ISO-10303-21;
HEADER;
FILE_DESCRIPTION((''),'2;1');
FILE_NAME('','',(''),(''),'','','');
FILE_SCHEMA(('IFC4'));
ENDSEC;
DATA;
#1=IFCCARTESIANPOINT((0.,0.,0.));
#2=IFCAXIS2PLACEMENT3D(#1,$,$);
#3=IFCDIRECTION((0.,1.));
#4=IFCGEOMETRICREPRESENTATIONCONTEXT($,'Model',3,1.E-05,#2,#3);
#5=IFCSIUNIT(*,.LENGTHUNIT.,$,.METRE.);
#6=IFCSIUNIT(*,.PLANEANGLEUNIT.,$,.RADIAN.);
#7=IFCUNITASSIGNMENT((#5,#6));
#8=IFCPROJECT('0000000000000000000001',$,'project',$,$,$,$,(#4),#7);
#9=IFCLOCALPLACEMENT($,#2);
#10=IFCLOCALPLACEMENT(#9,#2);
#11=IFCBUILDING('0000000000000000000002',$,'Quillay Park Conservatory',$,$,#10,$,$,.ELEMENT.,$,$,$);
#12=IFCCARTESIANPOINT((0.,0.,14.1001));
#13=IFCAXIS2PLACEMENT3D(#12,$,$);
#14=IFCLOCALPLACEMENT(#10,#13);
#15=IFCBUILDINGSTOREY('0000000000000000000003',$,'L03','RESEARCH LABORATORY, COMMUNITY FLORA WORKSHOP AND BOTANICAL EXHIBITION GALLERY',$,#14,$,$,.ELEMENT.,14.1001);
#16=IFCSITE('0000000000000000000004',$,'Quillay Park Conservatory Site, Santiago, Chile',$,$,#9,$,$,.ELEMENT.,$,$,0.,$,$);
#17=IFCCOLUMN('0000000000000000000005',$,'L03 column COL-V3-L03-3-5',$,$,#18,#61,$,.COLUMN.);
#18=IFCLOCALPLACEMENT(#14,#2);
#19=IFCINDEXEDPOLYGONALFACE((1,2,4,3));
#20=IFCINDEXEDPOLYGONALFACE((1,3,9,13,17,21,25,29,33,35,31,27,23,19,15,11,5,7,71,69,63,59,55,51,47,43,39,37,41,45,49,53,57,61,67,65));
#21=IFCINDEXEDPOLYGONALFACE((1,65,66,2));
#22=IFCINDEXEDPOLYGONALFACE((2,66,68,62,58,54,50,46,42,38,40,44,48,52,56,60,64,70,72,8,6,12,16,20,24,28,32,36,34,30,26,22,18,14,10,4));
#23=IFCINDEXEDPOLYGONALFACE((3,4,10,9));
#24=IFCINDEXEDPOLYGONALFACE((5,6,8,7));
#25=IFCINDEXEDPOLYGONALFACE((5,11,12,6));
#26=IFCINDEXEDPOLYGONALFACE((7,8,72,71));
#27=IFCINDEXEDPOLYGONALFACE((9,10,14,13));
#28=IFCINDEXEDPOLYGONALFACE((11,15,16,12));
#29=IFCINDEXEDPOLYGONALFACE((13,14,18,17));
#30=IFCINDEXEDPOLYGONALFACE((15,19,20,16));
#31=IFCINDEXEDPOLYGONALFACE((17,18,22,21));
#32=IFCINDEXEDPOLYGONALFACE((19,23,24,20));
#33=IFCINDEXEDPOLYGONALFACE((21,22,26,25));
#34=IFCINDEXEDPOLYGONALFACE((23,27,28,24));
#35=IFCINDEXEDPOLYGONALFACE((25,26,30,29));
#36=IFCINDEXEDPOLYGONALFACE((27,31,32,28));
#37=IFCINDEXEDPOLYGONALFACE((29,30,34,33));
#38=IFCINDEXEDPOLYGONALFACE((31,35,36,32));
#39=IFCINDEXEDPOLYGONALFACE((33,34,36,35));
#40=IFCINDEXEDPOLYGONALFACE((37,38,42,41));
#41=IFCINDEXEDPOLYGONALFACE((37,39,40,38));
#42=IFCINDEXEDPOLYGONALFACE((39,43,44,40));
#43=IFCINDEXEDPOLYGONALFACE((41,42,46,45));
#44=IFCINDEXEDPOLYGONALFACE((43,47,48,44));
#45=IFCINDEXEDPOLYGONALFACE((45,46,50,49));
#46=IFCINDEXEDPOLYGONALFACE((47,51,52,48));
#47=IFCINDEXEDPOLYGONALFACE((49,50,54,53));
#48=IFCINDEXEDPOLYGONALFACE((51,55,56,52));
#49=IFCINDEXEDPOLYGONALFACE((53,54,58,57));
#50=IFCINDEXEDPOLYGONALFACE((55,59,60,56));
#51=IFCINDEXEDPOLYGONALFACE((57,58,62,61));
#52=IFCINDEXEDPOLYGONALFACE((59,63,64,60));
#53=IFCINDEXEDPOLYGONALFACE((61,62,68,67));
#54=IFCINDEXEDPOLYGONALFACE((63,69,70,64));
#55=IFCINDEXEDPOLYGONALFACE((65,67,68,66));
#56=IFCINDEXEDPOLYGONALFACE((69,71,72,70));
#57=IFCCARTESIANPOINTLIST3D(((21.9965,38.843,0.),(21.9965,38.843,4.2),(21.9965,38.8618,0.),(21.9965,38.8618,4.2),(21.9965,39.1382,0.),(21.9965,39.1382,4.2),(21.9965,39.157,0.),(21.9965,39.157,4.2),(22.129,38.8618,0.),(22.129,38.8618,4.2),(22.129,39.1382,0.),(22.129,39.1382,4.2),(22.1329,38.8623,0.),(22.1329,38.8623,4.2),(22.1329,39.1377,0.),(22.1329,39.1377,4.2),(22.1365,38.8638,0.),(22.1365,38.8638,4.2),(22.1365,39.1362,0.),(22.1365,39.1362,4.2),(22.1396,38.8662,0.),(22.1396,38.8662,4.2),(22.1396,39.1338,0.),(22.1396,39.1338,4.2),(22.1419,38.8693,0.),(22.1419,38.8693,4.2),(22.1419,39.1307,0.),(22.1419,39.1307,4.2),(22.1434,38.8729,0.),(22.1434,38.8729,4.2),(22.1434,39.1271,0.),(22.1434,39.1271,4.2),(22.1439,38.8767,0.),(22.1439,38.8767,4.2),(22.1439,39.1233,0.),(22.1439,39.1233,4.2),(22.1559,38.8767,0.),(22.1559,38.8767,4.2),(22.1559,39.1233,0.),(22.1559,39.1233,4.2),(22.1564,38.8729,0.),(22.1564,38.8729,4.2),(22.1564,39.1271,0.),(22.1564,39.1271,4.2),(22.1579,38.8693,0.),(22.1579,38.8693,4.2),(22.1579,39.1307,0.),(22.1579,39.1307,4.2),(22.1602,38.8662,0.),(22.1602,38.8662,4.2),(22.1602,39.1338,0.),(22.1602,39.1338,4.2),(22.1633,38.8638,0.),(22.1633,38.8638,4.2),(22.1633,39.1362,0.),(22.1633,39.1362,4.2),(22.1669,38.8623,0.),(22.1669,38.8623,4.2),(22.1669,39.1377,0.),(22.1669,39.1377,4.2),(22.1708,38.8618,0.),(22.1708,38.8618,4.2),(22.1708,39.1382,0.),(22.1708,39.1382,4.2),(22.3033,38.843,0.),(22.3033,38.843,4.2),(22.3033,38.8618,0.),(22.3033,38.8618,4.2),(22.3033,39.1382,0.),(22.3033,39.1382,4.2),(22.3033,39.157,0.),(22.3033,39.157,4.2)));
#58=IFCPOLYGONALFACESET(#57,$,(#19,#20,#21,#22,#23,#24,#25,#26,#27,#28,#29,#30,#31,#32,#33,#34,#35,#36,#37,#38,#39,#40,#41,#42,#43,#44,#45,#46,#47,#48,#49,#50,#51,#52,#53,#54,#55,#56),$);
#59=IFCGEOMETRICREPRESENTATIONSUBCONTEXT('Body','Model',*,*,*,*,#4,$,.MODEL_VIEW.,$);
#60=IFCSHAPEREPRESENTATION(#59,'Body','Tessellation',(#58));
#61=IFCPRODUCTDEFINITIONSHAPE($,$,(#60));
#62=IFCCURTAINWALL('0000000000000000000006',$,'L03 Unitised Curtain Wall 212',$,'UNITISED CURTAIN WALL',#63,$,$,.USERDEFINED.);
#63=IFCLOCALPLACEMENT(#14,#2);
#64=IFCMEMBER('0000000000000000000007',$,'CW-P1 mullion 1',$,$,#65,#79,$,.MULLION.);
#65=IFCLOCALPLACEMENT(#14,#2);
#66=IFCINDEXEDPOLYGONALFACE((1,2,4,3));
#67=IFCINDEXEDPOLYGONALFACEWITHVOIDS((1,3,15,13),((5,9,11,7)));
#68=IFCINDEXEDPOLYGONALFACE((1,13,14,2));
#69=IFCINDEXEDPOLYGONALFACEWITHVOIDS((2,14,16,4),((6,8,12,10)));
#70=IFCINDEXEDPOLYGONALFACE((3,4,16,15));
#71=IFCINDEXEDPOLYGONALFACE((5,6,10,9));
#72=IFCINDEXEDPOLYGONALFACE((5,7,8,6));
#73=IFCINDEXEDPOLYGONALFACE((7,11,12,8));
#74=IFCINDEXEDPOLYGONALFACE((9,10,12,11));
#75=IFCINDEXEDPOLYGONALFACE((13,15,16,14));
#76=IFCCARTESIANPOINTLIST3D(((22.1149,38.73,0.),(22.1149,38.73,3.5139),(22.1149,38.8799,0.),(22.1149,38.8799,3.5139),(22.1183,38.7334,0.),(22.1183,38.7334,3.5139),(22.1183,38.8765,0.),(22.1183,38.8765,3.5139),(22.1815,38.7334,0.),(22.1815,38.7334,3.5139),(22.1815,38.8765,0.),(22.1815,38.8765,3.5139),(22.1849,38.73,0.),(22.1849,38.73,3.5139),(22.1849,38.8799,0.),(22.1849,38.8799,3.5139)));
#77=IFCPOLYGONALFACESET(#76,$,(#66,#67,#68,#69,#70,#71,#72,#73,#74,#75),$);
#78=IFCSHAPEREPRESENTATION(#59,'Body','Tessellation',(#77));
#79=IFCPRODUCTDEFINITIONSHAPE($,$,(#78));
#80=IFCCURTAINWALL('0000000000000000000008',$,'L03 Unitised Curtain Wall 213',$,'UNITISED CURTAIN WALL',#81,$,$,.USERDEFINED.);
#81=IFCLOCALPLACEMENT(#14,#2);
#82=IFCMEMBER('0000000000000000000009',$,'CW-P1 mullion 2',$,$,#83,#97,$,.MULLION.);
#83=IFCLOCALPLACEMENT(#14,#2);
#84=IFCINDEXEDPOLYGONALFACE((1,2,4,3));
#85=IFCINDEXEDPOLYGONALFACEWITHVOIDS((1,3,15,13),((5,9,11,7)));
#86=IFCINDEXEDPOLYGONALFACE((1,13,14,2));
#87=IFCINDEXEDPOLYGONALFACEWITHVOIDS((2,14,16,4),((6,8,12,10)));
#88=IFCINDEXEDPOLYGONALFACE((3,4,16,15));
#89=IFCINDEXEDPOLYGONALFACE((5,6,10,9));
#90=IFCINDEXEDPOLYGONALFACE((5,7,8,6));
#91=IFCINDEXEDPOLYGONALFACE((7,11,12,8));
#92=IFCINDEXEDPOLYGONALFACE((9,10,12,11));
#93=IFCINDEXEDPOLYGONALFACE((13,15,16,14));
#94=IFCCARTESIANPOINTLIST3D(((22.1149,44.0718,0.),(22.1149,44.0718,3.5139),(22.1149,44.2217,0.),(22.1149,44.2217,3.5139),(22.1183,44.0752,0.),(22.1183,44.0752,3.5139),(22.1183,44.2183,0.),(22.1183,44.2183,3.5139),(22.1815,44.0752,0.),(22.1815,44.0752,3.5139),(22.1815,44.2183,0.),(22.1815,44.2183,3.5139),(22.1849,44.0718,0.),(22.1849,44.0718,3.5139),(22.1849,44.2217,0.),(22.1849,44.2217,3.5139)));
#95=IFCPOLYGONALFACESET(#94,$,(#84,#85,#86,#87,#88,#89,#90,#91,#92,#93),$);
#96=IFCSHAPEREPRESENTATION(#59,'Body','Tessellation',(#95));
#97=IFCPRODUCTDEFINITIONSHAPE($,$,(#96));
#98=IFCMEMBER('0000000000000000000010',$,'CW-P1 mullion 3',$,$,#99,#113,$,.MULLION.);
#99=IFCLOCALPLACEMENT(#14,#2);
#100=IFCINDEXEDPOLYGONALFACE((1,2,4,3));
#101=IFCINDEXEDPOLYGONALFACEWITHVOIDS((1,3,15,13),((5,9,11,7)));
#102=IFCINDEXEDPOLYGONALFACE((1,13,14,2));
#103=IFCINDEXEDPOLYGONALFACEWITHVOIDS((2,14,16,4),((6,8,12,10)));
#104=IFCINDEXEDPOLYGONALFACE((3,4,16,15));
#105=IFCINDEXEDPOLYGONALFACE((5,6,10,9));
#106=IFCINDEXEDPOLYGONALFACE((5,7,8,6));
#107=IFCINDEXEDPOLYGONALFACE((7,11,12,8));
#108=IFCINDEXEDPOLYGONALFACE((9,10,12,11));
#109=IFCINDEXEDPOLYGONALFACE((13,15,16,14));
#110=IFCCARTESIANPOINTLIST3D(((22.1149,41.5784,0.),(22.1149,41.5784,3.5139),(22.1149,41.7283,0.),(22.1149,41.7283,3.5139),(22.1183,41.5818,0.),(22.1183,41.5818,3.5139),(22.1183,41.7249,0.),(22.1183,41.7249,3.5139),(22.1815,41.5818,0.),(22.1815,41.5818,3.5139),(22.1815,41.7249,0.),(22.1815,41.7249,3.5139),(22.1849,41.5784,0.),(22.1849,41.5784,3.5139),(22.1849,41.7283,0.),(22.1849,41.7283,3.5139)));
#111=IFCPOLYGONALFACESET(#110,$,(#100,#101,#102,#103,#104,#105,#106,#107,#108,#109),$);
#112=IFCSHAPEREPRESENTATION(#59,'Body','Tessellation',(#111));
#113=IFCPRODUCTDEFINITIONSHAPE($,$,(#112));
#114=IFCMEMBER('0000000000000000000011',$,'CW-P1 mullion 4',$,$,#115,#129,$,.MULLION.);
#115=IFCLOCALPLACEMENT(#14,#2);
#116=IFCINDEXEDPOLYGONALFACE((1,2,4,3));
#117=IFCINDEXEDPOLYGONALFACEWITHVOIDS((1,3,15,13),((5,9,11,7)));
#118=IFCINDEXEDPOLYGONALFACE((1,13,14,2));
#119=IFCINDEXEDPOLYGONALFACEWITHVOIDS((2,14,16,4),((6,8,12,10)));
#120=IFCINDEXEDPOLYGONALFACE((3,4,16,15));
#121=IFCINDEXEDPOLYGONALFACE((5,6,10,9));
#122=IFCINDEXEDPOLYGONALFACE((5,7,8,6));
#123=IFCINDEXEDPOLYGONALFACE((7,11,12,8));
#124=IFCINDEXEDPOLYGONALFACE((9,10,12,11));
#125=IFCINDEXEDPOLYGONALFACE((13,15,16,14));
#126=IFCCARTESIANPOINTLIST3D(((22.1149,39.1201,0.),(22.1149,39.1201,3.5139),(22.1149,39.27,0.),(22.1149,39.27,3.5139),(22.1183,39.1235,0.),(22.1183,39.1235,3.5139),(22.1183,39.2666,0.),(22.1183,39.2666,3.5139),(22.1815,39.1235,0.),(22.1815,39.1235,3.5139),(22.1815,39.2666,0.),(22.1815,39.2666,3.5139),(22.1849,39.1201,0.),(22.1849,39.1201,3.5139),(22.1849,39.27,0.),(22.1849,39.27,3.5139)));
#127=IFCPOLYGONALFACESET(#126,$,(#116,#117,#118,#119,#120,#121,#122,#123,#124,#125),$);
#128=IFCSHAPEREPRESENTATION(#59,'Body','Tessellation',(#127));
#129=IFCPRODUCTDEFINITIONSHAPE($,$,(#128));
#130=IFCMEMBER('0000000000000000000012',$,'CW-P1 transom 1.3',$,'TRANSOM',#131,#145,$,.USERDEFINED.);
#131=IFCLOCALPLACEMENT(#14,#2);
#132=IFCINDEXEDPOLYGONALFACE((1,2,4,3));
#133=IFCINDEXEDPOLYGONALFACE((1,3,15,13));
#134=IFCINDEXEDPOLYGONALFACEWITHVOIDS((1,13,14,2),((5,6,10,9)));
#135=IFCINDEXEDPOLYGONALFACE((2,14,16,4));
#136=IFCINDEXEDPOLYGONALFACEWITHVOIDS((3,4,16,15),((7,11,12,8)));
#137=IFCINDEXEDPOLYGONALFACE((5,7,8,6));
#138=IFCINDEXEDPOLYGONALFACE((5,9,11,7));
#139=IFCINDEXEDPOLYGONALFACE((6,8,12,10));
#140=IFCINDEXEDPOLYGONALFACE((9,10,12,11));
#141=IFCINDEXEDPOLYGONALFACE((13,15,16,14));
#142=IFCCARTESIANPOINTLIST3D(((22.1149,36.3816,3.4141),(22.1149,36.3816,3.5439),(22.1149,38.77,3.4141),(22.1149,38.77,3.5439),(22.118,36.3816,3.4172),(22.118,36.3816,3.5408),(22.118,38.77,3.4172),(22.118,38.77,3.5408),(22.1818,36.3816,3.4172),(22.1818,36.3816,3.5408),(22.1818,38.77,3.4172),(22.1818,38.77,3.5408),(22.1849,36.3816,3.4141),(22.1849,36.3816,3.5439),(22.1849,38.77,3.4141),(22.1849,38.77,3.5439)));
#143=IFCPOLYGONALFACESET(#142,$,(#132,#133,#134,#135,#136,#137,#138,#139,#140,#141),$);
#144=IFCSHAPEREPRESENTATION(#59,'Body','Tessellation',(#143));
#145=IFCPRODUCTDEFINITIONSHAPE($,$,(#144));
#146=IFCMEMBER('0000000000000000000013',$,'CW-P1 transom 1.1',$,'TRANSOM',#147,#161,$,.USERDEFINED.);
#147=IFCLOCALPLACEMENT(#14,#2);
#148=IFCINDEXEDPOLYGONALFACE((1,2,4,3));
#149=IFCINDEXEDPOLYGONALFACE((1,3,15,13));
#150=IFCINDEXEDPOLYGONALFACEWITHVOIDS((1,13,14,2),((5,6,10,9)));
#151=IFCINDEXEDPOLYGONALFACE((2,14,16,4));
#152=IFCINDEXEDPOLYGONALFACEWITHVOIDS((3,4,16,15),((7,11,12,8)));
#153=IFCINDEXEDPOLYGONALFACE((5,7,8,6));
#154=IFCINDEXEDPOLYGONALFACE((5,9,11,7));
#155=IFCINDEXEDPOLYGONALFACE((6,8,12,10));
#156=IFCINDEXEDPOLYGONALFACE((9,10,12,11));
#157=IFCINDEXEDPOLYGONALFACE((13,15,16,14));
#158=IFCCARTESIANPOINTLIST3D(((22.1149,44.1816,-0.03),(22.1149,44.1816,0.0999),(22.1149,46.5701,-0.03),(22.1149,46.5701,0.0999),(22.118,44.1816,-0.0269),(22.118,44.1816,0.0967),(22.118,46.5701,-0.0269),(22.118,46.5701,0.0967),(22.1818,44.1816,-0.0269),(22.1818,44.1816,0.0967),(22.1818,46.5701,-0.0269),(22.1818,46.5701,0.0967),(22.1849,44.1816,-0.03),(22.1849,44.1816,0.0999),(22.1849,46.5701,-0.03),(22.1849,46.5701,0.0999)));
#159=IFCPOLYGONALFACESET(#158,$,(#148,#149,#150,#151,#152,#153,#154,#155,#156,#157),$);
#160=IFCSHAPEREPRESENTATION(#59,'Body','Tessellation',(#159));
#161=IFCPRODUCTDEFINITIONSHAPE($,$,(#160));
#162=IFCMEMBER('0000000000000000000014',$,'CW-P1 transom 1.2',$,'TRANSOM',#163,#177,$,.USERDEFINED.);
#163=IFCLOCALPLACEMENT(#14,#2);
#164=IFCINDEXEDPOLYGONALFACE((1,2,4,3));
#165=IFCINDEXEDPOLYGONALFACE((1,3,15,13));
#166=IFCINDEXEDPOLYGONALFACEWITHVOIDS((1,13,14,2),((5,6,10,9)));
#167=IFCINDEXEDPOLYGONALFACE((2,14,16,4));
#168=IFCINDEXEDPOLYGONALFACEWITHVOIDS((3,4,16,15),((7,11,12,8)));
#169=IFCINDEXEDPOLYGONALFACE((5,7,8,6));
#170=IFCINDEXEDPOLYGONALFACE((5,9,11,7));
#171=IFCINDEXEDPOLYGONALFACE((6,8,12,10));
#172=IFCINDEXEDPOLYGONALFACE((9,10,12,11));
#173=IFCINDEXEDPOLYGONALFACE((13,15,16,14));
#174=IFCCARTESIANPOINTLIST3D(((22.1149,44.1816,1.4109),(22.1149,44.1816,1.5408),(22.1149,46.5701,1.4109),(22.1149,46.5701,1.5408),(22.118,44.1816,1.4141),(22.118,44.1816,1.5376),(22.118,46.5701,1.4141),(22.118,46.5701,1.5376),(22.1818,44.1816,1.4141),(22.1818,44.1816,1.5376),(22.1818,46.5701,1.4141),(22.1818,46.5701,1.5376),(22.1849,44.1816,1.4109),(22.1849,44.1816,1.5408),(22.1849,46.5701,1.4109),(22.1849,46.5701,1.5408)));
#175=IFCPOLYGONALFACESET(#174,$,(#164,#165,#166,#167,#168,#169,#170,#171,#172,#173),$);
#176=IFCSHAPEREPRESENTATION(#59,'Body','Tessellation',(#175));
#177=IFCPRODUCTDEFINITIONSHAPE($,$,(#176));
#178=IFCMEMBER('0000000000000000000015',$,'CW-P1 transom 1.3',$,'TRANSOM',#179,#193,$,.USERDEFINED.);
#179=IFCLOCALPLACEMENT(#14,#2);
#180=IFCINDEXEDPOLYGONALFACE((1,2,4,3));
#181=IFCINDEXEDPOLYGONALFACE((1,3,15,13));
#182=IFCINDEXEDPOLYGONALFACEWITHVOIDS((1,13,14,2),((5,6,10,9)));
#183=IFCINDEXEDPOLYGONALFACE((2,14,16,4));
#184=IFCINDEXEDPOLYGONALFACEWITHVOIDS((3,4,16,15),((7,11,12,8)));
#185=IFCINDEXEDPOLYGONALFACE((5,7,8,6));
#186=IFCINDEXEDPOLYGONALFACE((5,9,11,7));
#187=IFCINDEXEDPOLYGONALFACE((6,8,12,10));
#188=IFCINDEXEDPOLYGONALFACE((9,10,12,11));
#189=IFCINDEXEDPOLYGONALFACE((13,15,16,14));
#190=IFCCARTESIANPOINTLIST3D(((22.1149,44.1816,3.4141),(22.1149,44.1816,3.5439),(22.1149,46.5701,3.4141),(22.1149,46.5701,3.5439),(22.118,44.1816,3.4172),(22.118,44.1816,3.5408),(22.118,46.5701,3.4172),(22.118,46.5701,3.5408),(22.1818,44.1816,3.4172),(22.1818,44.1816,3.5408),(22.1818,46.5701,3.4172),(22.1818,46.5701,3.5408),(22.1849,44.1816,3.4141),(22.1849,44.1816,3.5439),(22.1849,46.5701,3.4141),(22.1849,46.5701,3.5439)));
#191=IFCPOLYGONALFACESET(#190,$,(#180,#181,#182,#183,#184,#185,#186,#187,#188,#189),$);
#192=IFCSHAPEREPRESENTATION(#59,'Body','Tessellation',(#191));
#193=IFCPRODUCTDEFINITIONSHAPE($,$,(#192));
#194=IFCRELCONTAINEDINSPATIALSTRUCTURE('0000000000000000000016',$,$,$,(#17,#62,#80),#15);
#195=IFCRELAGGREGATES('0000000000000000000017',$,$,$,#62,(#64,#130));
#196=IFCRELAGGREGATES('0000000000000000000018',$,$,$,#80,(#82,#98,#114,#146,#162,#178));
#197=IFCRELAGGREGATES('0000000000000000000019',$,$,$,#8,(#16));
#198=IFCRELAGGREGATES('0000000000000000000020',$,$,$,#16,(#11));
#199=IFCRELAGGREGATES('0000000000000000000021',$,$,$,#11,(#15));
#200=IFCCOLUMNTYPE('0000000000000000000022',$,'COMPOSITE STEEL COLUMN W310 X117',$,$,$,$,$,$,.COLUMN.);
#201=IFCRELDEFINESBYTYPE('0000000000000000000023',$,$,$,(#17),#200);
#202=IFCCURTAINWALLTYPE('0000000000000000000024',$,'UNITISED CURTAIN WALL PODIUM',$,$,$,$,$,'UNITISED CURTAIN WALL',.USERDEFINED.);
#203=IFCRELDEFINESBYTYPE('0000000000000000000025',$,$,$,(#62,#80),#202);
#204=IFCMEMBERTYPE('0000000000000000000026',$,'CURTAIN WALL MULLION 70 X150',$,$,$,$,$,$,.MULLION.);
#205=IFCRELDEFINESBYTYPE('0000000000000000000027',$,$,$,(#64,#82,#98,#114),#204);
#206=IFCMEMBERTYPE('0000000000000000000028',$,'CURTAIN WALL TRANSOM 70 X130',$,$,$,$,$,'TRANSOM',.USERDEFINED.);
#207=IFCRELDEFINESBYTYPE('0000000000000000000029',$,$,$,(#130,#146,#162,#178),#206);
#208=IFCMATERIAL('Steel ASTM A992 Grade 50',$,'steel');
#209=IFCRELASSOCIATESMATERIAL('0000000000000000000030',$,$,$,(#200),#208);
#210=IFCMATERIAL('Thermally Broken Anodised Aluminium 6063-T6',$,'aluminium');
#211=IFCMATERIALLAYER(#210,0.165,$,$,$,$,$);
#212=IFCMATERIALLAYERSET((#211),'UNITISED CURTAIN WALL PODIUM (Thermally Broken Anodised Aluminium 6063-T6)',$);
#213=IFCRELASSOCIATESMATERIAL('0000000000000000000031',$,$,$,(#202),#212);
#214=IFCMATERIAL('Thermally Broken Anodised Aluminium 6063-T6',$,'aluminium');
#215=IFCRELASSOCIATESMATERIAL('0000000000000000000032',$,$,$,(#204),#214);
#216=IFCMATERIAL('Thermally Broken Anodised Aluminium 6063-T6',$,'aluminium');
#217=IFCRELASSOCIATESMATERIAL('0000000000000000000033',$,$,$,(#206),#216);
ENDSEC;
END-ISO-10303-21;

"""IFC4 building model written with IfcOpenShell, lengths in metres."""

from ifc_helpers import new_model, si_unit, direction, frame, origin, origin_2d, place, context, subcontext, project, spatial, hollow_rectangle, i_section, extrude, material, layer, layer_set, material_profile, profile_set, type_object, element, aggregate, save


model = new_model("IFC4")

# Units and contexts
model_context = context("Model", 3, precision=1e-05, world=origin(), true_north=direction((0.0, 1.0)))
body_context = subcontext(model_context, "Body", "Model", "MODEL_VIEW")
ifc_project = project(units=[si_unit("LENGTHUNIT", "METRE"), si_unit("PLANEANGLEUNIT", "RADIAN")], contexts=[model_context])

# Site, building, storey
site_placement = place(None, origin())
site = spatial("IfcSite", under=ifc_project, at=site_placement, Name="Quillay Park Conservatory Site, Santiago, Chile", CompositionType="ELEMENT", RefElevation=0.0)
building_placement = place(site_placement, origin())
building = spatial("IfcBuilding", under=site, at=building_placement, Name="Quillay Park Conservatory", CompositionType="ELEMENT")
storey_placement = place(building_placement, frame((0.0, 0.0, 14.1001)))
storey = spatial("IfcBuildingStorey", under=building, at=storey_placement, Name="L03", Description="RESEARCH LABORATORY, COMMUNITY FLORA WORKSHOP AND BOTANICAL EXHIBITION GALLERY", CompositionType="ELEMENT", Elevation=14.1001)

# Column
ifc_material_1 = material(Name="Steel ASTM A992 Grade 50", Category="steel")
ifc_material_profile_1 = material_profile(ifc_material_1, i_section(OverallWidth=0.3069, OverallDepth=0.314, WebThickness=0.012, FlangeThickness=0.0188, FilletRadius=0.0149, at=origin_2d()), Name="W310x117")
ifc_profile_set_1 = profile_set([ifc_material_profile_1], Name="Steel ASTM A992 Grade 50")
column_type = type_object("IfcColumnType", Name="COMPOSITE STEEL COLUMN W310 X117", PredefinedType="COLUMN", material=ifc_profile_set_1)
column_placement = place(storey_placement, frame((22.1499, 39.0, 0.0), z_axis=(0.0, 0.0, 1.0), x_axis=(1.0, 0.0, 0.0)))
element("IfcColumn", 1, at=column_placement, inside=storey, type_object=column_type, Name="L03 column COL-V3-L03-3-5", PredefinedType="COLUMN", context=body_context, shape_type="SweptSolid", body=[
    extrude(i_section(OverallWidth=0.3069, OverallDepth=0.314, WebThickness=0.012, FlangeThickness=0.0188, FilletRadius=0.0149, at=origin_2d()), origin(), (0.0, 0.0, 1.0), 4.2),
])

# Curtain wall, member
ifc_material_2 = material(Name="Thermally Broken Anodised Aluminium 6063-T6", Category="aluminium")
ifc_layer_1 = layer(ifc_material_2, 0.165)
ifc_layer_set_1 = layer_set([ifc_layer_1], Name="UNITISED CURTAIN WALL PODIUM (Thermally Broken Anodised Aluminium 6063-T6)")
curtain_wall_type = type_object("IfcCurtainWallType", Name="UNITISED CURTAIN WALL PODIUM", ElementType="UNITISED CURTAIN WALL", PredefinedType="USERDEFINED", material=ifc_layer_set_1)
curtain_wall_1_placement = place(storey_placement, origin())
curtain_wall_1 = element("IfcCurtainWall", 2, at=curtain_wall_1_placement, inside=storey, type_object=curtain_wall_type, Name="L03 Unitised Curtain Wall 212", ObjectType="UNITISED CURTAIN WALL", PredefinedType="USERDEFINED")
ifc_material_3 = material(Name="Thermally Broken Anodised Aluminium 6063-T6", Category="aluminium")
ifc_material_profile_2 = material_profile(ifc_material_3, hollow_rectangle(XDim=0.0701, YDim=0.1499, WallThickness=0.0034, at=origin_2d()), Name="AL70x150x3.5")
ifc_profile_set_2 = profile_set([ifc_material_profile_2], Name="Thermally Broken Anodised Aluminium 6063-T6")
member_type_1 = type_object("IfcMemberType", Name="CURTAIN WALL MULLION 70 X150", PredefinedType="MULLION", material=ifc_profile_set_2)
member_1_placement = place(storey_placement, frame((22.1499, 38.8049, 0.0), z_axis=(0.0, 0.0, 1.0), x_axis=(1.0, 0.0, 0.0)))
member_1 = element("IfcMember", 3, at=member_1_placement, type_object=member_type_1, Name="CW-P1 mullion 1", PredefinedType="MULLION", context=body_context, shape_type="SweptSolid", body=[
    extrude(hollow_rectangle(XDim=0.0701, YDim=0.1499, WallThickness=0.0034, at=origin_2d()), origin(), (0.0, 0.0, 1.0), 3.5139),
])

# Curtain wall, members
curtain_wall_2_placement = place(storey_placement, origin())
curtain_wall_2 = element("IfcCurtainWall", 4, at=curtain_wall_2_placement, inside=storey, type_object=curtain_wall_type, Name="L03 Unitised Curtain Wall 213", ObjectType="UNITISED CURTAIN WALL", PredefinedType="USERDEFINED")
member_2_placement = place(storey_placement, frame((22.1499, 44.1467, 0.0), z_axis=(0.0, 0.0, 1.0), x_axis=(1.0, 0.0, 0.0)))
member_2 = element("IfcMember", 5, at=member_2_placement, type_object=member_type_1, Name="CW-P1 mullion 2", PredefinedType="MULLION", context=body_context, shape_type="SweptSolid", body=[
    extrude(hollow_rectangle(XDim=0.0701, YDim=0.1499, WallThickness=0.0034, at=origin_2d()), origin(), (0.0, 0.0, 1.0), 3.5139),
])
member_3_placement = place(storey_placement, frame((22.1499, 41.6533, 0.0), z_axis=(0.0, 0.0, 1.0), x_axis=(1.0, 0.0, 0.0)))
member_3 = element("IfcMember", 6, at=member_3_placement, type_object=member_type_1, Name="CW-P1 mullion 3", PredefinedType="MULLION", context=body_context, shape_type="SweptSolid", body=[
    extrude(hollow_rectangle(XDim=0.0701, YDim=0.1499, WallThickness=0.0034, at=origin_2d()), origin(), (0.0, 0.0, 1.0), 3.5139),
])
member_4_placement = place(storey_placement, frame((22.1499, 39.1951, 0.0), z_axis=(0.0, 0.0, 1.0), x_axis=(1.0, 0.0, 0.0)))
member_4 = element("IfcMember", 7, at=member_4_placement, type_object=member_type_1, Name="CW-P1 mullion 4", PredefinedType="MULLION", context=body_context, shape_type="SweptSolid", body=[
    extrude(hollow_rectangle(XDim=0.0701, YDim=0.1499, WallThickness=0.0034, at=origin_2d()), origin(), (0.0, 0.0, 1.0), 3.5139),
])

# Members
ifc_material_4 = material(Name="Thermally Broken Anodised Aluminium 6063-T6", Category="aluminium")
ifc_material_profile_3 = material_profile(ifc_material_4, hollow_rectangle(XDim=0.0701, YDim=0.1299, WallThickness=0.0032, at=origin_2d()), Name="AL70x130x3.2")
ifc_profile_set_3 = profile_set([ifc_material_profile_3], Name="Thermally Broken Anodised Aluminium 6063-T6")
member_type_2 = type_object("IfcMemberType", Name="CURTAIN WALL TRANSOM 70 X130", ElementType="TRANSOM", PredefinedType="USERDEFINED", material=ifc_profile_set_3)
member_5_placement = place(storey_placement, frame((22.1499, 38.77, 3.479), z_axis=(0.0, -1.0, 0.0), x_axis=(1.0, 0.0, 0.0)))
member_5 = element("IfcMember", 8, at=member_5_placement, type_object=member_type_2, Name="CW-P1 transom 1.3", ObjectType="TRANSOM", PredefinedType="USERDEFINED", context=body_context, shape_type="SweptSolid", body=[
    extrude(hollow_rectangle(XDim=0.0701, YDim=0.1299, WallThickness=0.0032, at=origin_2d()), origin(), (0.0, 0.0, 1.0), 2.3884),
])
aggregate(curtain_wall_1, [member_1, member_5])
member_6_placement = place(storey_placement, frame((22.1499, 46.5701, 0.0349), z_axis=(0.0, -1.0, 0.0), x_axis=(1.0, 0.0, 0.0)))
member_6 = element("IfcMember", 9, at=member_6_placement, type_object=member_type_2, Name="CW-P1 transom 1.1", ObjectType="TRANSOM", PredefinedType="USERDEFINED", context=body_context, shape_type="SweptSolid", body=[
    extrude(hollow_rectangle(XDim=0.0701, YDim=0.1299, WallThickness=0.0032, at=origin_2d()), origin(), (0.0, 0.0, 1.0), 2.3884),
])
member_7_placement = place(storey_placement, frame((22.1499, 46.5701, 1.4758), z_axis=(0.0, -1.0, 0.0), x_axis=(1.0, 0.0, 0.0)))
member_7 = element("IfcMember", 10, at=member_7_placement, type_object=member_type_2, Name="CW-P1 transom 1.2", ObjectType="TRANSOM", PredefinedType="USERDEFINED", context=body_context, shape_type="SweptSolid", body=[
    extrude(hollow_rectangle(XDim=0.0701, YDim=0.1299, WallThickness=0.0032, at=origin_2d()), origin(), (0.0, 0.0, 1.0), 2.3884),
])
member_8_placement = place(storey_placement, frame((22.1499, 46.5701, 3.479), z_axis=(0.0, -1.0, 0.0), x_axis=(1.0, 0.0, 0.0)))
member_8 = element("IfcMember", 11, at=member_8_placement, type_object=member_type_2, Name="CW-P1 transom 1.3", ObjectType="TRANSOM", PredefinedType="USERDEFINED", context=body_context, shape_type="SweptSolid", body=[
    extrude(hollow_rectangle(XDim=0.0701, YDim=0.1299, WallThickness=0.0032, at=origin_2d()), origin(), (0.0, 0.0, 1.0), 2.3884),
])

aggregate(curtain_wall_2, [member_2, member_3, member_4, member_6, member_7, member_8])

save(model, "model.ifc")
